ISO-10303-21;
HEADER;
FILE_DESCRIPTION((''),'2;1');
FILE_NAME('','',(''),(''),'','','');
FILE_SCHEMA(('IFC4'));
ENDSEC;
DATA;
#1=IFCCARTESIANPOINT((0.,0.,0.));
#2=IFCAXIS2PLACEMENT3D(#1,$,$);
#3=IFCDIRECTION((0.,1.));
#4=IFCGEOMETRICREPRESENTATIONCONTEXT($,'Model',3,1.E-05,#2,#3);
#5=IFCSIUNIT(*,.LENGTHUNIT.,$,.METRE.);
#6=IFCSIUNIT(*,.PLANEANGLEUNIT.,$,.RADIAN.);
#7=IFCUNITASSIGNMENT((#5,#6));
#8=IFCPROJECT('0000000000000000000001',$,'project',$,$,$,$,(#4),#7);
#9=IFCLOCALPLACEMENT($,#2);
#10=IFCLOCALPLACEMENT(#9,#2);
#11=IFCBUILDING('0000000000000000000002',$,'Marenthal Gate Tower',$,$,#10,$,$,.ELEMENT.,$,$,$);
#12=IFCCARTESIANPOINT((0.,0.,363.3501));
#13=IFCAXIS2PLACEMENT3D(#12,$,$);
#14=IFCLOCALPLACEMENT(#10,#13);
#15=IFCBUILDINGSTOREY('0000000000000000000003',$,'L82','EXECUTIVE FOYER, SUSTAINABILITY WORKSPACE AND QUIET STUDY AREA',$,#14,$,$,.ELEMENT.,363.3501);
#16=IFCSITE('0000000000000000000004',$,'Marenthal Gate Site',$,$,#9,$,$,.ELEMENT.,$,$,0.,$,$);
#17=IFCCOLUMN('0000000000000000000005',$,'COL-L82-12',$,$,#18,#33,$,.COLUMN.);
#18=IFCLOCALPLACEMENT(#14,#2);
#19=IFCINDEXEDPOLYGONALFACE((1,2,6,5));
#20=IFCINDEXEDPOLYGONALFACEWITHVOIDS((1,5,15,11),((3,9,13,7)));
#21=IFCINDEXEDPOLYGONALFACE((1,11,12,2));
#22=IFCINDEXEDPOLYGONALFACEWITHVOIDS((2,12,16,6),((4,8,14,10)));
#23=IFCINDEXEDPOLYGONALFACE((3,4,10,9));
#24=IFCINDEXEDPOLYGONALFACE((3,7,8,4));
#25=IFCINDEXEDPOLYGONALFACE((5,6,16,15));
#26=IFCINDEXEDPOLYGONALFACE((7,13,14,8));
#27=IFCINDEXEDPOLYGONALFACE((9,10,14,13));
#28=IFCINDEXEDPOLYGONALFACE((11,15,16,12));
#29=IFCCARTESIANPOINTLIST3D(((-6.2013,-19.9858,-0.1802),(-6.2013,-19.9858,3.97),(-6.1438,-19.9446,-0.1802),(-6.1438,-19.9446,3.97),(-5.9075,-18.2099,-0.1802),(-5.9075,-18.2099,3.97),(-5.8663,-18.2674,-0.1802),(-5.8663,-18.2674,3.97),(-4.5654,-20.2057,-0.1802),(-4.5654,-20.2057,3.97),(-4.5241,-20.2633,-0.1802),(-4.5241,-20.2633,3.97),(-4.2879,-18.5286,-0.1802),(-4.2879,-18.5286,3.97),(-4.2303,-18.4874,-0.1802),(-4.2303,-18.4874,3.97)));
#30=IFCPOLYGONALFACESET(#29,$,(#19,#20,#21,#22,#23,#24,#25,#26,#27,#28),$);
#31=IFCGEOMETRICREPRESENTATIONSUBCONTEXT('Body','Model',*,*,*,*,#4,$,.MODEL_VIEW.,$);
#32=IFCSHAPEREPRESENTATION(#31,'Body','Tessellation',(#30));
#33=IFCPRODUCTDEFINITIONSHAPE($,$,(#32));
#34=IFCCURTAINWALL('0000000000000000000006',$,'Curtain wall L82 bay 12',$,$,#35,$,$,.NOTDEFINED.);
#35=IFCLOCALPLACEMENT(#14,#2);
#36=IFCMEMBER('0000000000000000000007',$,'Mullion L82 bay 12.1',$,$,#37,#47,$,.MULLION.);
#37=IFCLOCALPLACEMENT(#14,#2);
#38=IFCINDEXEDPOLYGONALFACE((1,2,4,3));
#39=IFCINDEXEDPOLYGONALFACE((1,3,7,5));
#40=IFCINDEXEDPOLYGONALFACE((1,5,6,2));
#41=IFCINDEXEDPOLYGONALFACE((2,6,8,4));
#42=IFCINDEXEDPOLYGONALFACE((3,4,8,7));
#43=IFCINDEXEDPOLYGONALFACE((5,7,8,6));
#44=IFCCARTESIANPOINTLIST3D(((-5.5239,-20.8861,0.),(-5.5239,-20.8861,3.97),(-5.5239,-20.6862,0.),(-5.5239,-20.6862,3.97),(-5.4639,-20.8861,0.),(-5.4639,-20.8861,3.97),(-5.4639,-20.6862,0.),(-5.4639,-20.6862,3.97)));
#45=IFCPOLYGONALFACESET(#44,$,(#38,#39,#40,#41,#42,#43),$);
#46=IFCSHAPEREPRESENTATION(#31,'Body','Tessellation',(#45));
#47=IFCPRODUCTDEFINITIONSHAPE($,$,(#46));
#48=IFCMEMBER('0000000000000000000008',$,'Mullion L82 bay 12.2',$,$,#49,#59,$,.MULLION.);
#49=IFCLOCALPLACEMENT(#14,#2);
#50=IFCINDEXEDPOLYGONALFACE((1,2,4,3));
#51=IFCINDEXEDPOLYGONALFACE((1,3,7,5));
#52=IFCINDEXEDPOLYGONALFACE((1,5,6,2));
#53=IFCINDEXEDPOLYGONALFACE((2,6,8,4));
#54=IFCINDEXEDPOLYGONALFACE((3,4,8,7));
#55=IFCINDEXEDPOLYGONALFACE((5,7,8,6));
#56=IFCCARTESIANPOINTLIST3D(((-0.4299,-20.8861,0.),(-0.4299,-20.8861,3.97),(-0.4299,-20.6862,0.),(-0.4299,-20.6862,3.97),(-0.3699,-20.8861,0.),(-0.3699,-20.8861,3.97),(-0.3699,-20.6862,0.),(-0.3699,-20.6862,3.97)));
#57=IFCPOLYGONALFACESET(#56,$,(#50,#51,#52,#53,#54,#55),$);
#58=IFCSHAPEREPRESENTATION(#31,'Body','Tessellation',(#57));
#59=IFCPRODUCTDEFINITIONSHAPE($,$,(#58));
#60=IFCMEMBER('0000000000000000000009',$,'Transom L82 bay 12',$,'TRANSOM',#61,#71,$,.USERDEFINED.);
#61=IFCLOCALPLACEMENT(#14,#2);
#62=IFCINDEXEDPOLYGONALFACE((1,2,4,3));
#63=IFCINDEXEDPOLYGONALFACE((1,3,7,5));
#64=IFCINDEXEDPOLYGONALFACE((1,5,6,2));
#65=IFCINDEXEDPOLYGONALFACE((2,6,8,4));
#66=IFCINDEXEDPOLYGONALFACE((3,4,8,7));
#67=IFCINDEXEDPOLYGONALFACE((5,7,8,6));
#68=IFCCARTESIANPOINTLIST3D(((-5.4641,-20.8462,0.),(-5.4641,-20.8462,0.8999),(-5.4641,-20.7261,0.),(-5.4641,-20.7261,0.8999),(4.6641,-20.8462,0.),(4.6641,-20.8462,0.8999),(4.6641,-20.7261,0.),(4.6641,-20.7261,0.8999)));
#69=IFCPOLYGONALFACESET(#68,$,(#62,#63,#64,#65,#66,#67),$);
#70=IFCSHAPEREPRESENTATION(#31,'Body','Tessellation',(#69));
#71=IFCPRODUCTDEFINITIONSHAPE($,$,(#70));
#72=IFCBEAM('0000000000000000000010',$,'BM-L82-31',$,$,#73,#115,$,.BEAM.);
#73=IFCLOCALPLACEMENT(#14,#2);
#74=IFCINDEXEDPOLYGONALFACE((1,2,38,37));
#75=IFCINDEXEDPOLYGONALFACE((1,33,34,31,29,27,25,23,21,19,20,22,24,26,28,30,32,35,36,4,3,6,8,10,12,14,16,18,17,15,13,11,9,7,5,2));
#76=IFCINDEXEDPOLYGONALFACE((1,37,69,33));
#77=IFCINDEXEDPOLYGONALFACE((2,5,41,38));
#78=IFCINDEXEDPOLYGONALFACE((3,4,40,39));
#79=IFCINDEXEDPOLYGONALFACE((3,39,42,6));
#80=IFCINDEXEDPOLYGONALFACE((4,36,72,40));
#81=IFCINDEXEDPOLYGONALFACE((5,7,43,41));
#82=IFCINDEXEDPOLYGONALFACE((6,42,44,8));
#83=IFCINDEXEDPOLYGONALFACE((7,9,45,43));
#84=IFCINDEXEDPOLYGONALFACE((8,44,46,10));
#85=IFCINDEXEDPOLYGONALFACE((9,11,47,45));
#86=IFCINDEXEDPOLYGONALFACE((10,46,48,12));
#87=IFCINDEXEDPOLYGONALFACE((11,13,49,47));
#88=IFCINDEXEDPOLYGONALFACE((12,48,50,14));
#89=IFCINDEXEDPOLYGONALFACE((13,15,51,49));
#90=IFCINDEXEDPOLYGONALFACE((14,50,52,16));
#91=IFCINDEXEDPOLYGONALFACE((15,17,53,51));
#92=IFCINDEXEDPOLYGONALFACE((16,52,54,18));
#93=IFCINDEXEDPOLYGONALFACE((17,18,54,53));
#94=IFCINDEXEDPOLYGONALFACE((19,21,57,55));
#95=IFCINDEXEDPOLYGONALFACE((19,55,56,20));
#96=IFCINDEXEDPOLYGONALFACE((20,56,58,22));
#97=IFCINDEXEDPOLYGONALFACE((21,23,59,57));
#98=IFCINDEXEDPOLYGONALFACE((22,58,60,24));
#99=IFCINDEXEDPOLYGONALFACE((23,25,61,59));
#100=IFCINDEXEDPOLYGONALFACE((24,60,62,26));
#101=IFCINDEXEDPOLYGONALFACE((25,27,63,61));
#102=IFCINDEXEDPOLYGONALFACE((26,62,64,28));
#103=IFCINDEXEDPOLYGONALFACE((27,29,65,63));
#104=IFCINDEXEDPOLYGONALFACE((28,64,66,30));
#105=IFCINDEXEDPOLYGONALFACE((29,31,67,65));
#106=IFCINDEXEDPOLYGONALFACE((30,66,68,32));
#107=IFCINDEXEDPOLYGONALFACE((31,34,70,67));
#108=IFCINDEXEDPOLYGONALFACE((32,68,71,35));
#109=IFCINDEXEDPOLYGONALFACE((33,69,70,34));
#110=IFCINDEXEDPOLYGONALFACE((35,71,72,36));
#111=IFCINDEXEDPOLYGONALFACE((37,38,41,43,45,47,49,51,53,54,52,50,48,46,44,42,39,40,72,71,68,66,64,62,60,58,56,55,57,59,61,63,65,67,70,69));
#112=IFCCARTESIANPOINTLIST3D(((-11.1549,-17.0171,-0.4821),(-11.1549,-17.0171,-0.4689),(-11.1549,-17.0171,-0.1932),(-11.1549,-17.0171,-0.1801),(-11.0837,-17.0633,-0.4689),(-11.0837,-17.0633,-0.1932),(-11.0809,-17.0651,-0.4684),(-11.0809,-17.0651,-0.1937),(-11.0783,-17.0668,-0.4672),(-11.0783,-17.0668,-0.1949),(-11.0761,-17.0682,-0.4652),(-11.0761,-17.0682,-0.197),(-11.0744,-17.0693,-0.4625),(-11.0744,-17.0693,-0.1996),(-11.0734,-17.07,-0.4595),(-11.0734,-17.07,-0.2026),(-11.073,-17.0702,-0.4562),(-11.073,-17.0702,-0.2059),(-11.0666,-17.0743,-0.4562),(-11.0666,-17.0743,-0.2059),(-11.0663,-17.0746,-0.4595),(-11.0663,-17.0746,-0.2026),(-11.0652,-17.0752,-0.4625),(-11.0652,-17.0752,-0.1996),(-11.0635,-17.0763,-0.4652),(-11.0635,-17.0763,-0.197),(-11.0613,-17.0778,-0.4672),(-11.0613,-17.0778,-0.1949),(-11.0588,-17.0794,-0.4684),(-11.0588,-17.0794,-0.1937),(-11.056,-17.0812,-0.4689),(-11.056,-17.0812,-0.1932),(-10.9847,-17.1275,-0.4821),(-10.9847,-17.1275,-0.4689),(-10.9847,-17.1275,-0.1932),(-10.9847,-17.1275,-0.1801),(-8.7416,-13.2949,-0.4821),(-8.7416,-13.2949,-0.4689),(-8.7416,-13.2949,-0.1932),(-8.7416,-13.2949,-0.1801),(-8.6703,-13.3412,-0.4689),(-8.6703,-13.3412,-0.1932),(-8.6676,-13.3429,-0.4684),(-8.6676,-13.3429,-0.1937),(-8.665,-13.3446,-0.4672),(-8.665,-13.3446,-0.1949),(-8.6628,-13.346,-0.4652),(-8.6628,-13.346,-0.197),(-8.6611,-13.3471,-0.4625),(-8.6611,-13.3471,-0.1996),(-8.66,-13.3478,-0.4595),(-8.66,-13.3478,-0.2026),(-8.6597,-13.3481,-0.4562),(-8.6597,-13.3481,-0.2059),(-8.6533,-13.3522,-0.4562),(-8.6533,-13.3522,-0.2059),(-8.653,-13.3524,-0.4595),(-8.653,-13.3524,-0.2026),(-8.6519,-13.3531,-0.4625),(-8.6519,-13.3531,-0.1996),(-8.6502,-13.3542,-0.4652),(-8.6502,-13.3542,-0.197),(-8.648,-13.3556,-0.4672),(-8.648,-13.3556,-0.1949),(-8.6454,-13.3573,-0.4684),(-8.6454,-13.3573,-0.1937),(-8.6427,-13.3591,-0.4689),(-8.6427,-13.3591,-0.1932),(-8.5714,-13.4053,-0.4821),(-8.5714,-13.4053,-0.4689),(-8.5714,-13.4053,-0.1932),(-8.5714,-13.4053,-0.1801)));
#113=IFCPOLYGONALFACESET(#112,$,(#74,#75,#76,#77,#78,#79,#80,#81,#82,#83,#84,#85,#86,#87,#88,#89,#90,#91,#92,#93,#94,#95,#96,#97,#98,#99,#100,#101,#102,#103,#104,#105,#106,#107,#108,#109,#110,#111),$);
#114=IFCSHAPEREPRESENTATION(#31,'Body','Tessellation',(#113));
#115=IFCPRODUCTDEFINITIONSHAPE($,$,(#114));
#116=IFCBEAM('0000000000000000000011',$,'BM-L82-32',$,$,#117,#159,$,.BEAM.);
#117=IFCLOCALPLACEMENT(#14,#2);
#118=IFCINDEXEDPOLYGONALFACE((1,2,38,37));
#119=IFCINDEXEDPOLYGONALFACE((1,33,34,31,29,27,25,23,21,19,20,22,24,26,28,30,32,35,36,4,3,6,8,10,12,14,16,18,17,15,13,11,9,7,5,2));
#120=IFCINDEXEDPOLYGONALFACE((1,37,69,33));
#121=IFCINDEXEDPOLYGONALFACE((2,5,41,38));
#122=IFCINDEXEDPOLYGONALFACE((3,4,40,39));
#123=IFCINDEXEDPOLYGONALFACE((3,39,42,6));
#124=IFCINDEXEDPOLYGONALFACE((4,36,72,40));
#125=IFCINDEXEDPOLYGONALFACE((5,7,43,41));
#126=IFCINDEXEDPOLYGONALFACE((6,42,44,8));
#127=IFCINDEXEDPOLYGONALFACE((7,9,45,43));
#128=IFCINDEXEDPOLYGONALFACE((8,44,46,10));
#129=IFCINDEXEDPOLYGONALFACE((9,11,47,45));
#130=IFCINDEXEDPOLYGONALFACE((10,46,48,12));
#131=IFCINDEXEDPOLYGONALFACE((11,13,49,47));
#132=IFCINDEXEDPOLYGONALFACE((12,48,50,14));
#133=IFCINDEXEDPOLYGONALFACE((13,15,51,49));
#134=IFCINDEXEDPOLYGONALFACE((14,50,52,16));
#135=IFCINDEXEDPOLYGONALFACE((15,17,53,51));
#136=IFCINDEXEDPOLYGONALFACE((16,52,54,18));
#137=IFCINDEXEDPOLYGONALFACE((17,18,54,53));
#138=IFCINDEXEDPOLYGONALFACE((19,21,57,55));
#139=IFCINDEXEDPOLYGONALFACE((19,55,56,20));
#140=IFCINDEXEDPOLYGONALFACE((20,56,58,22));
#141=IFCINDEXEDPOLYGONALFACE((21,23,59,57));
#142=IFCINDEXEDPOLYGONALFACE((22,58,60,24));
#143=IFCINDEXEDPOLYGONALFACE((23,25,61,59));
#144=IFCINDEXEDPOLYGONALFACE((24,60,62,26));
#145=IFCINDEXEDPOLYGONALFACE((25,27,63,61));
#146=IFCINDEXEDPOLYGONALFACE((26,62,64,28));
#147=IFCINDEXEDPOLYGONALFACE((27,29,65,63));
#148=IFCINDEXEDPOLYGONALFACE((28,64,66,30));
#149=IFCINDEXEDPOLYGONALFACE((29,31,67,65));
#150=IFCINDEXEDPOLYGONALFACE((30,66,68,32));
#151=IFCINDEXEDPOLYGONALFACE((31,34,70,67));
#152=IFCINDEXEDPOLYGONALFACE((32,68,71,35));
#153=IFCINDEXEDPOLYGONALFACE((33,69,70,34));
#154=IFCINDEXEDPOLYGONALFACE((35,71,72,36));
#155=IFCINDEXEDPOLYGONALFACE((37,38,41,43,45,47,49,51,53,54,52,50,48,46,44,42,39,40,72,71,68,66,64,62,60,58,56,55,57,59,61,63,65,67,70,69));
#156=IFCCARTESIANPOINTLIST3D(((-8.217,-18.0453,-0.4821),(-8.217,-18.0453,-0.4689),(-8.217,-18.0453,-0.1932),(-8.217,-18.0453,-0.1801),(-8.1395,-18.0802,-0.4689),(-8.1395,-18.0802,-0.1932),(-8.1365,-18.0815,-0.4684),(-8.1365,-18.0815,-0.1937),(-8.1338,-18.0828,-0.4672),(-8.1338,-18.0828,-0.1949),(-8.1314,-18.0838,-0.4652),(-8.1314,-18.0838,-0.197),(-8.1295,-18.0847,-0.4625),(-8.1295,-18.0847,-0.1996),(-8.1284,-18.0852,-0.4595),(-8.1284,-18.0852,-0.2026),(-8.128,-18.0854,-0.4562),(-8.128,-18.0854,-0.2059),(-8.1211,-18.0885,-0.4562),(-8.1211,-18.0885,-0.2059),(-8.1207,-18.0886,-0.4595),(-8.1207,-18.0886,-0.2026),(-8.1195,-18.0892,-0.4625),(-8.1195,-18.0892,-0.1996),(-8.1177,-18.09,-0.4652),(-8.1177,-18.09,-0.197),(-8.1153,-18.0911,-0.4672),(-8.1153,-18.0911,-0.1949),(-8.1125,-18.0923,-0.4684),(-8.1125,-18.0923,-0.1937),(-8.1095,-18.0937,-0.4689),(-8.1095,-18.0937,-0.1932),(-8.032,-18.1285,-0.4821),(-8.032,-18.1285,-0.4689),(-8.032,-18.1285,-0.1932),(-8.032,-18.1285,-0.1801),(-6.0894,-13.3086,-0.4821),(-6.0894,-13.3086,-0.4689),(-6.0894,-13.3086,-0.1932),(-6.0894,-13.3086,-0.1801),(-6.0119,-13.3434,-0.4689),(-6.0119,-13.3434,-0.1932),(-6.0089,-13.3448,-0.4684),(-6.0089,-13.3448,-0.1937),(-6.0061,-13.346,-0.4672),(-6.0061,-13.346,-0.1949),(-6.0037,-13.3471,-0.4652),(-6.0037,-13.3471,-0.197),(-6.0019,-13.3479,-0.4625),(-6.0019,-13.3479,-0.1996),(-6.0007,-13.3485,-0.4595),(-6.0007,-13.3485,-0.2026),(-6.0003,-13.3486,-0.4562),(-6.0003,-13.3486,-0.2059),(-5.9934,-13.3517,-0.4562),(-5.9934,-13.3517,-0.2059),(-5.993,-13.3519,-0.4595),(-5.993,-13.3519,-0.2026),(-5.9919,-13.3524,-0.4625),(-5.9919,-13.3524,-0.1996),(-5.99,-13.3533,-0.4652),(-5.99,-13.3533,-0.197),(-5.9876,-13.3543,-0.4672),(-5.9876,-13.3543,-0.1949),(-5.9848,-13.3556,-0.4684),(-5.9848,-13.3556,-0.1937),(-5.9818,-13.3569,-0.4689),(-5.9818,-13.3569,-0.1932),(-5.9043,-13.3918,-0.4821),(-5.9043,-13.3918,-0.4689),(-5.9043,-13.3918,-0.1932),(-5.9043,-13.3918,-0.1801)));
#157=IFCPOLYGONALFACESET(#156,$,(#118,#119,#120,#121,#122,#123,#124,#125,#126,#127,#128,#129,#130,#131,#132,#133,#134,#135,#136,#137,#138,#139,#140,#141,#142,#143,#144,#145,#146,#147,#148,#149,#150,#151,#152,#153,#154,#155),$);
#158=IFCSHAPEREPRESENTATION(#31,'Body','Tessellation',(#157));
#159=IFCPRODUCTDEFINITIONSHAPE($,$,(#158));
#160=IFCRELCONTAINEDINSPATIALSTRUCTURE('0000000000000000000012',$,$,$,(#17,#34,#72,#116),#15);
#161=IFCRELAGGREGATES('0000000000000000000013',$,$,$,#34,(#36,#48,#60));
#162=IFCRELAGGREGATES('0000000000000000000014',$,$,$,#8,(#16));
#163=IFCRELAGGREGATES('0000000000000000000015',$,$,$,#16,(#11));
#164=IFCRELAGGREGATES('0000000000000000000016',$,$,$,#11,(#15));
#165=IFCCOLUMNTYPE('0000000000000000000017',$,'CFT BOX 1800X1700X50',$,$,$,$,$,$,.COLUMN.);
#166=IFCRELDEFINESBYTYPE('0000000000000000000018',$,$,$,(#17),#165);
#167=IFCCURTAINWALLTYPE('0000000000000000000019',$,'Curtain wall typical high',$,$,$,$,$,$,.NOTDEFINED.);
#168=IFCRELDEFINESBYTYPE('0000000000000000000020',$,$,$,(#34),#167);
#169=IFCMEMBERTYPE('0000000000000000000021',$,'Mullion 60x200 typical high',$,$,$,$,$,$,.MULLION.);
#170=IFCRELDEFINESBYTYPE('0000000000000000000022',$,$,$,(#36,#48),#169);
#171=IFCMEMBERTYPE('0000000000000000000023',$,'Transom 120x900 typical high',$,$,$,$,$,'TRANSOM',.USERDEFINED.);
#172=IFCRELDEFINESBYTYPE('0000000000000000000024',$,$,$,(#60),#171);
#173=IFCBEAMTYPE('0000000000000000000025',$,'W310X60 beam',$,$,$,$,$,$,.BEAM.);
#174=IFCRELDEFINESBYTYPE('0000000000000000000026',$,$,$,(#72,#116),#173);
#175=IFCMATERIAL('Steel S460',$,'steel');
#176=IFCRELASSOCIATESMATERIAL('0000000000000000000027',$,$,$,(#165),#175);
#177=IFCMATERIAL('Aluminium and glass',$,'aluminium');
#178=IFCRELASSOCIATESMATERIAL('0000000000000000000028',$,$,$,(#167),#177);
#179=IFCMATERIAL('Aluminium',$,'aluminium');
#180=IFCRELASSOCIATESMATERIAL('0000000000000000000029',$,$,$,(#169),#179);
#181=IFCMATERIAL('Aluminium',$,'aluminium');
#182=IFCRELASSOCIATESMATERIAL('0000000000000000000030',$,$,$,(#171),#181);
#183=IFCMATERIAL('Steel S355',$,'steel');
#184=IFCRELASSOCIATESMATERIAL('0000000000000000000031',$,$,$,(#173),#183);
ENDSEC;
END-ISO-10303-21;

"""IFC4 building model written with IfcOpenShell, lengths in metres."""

from ifc_helpers import new_model, si_unit, direction, frame, origin, origin_2d, place, context, subcontext, project, spatial, rectangle, hollow_rectangle, i_section, extrude, material, material_profile, profile_set, type_object, element, aggregate, save


model = new_model("IFC4")

# Units and contexts
model_context = context("Model", 3, precision=1e-05, world=origin(), true_north=direction((0.0, 1.0)))
body_context = subcontext(model_context, "Body", "Model", "MODEL_VIEW")
ifc_project = project(units=[si_unit("LENGTHUNIT", "METRE"), si_unit("PLANEANGLEUNIT", "RADIAN")], contexts=[model_context])

# Site, building, storey
site_placement = place(None, origin())
site = spatial("IfcSite", under=ifc_project, at=site_placement, Name="Marenthal Gate Site", CompositionType="ELEMENT", RefElevation=0.0)
building_placement = place(site_placement, origin())
building = spatial("IfcBuilding", under=site, at=building_placement, Name="Marenthal Gate Tower", CompositionType="ELEMENT")
storey_placement = place(building_placement, frame((0.0, 0.0, 363.3501)))
storey = spatial("IfcBuildingStorey", under=building, at=storey_placement, Name="L82", Description="EXECUTIVE FOYER, SUSTAINABILITY WORKSPACE AND QUIET STUDY AREA", CompositionType="ELEMENT", Elevation=363.3501)

# Column
ifc_material_1 = material(Name="Steel S460", Category="steel")
ifc_material_profile_1 = material_profile(ifc_material_1, hollow_rectangle(XDim=1.7, YDim=1.8, WallThickness=0.05, at=origin_2d()), Name="CFT BOX 1800X1700X50")
ifc_material_2 = material(Name="Concrete 70 MPa", Category="concrete")
ifc_material_profile_2 = material_profile(ifc_material_2, rectangle(XDim=1.6001, YDim=1.7, at=origin_2d()), Name="CFT BOX 1800X1700X50 INFILL")
ifc_profile_set_1 = profile_set([ifc_material_profile_1, ifc_material_profile_2], Name="Steel S460 shell, Concrete 70 MPa infill")
column_type = type_object("IfcColumnType", Name="CFT BOX 1800X1700X50", PredefinedType="COLUMN", material=ifc_profile_set_1)
column_placement = place(storey_placement, frame((-5.2158, -19.2366, -0.1802), z_axis=(0.0, 0.0, 1.0), x_axis=(-0.98659, 0.163221, 0.0)))
element("IfcColumn", 1, at=column_placement, inside=storey, type_object=column_type, Name="COL-L82-12", PredefinedType="COLUMN", context=body_context, shape_type="SweptSolid", body=[
    extrude(hollow_rectangle(XDim=1.7, YDim=1.8, WallThickness=0.05, at=origin_2d()), origin(), (0.0, 0.0, 1.0), 4.1501),
])

# Curtain wall, members
ifc_material_3 = material(Name="Aluminium and glass", Category="aluminium")
curtain_wall_type = type_object("IfcCurtainWallType", Name="Curtain wall typical high", PredefinedType="NOTDEFINED", material=ifc_material_3)
curtain_wall_placement = place(storey_placement, origin())
curtain_wall = element("IfcCurtainWall", 2, at=curtain_wall_placement, inside=storey, type_object=curtain_wall_type, Name="Curtain wall L82 bay 12", PredefinedType="NOTDEFINED")
ifc_material_4 = material(Name="Aluminium", Category="aluminium")
ifc_material_profile_3 = material_profile(ifc_material_4, rectangle(XDim=0.2, YDim=0.0601, at=origin_2d()), Name="60x200 aluminium mullion")
ifc_profile_set_2 = profile_set([ifc_material_profile_3], Name="Aluminium")
member_type_1 = type_object("IfcMemberType", Name="Mullion 60x200 typical high", PredefinedType="MULLION", material=ifc_profile_set_2)
member_1_placement = place(storey_placement, frame((-5.4939, -20.7861, 0.0), z_axis=(0.0, 0.0, 1.0), x_axis=(0.0, 1.0, 0.0)))
member_1 = element("IfcMember", 3, at=member_1_placement, type_object=member_type_1, Name="Mullion L82 bay 12.1", PredefinedType="MULLION", context=body_context, shape_type="SweptSolid", body=[
    extrude(rectangle(XDim=0.2, YDim=0.0601, at=origin_2d()), origin(), (0.0, 0.0, 1.0), 3.97),
])
member_2_placement = place(storey_placement, frame((-0.3999, -20.7861, 0.0), z_axis=(0.0, 0.0, 1.0), x_axis=(0.0, 1.0, 0.0)))
member_2 = element("IfcMember", 4, at=member_2_placement, type_object=member_type_1, Name="Mullion L82 bay 12.2", PredefinedType="MULLION", context=body_context, shape_type="SweptSolid", body=[
    extrude(rectangle(XDim=0.2, YDim=0.0601, at=origin_2d()), origin(), (0.0, 0.0, 1.0), 3.97),
])
ifc_material_5 = material(Name="Aluminium", Category="aluminium")
ifc_material_profile_4 = material_profile(ifc_material_5, rectangle(XDim=0.1201, YDim=0.8999, at=origin_2d()), Name="120x900 aluminium transom")
ifc_profile_set_3 = profile_set([ifc_material_profile_4], Name="Aluminium")
member_type_2 = type_object("IfcMemberType", Name="Transom 120x900 typical high", ElementType="TRANSOM", PredefinedType="USERDEFINED", material=ifc_profile_set_3)
member_3_placement = place(storey_placement, frame((-5.4641, -20.7861, 0.45), z_axis=(1.0, 0.0, 0.0), x_axis=(0.0, 1.0, 0.0)))
member_3 = element("IfcMember", 5, at=member_3_placement, type_object=member_type_2, Name="Transom L82 bay 12", ObjectType="TRANSOM", PredefinedType="USERDEFINED", context=body_context, shape_type="SweptSolid", body=[
    extrude(rectangle(XDim=0.1201, YDim=0.8999, at=origin_2d()), origin(), (0.0, 0.0, 1.0), 10.1282),
])

# Beams
ifc_material_6 = material(Name="Steel S355", Category="steel")
ifc_material_profile_5 = material_profile(ifc_material_6, i_section(OverallWidth=0.2029, OverallDepth=0.302, WebThickness=0.0076, FlangeThickness=0.0132, FilletRadius=0.0127, at=origin_2d()), Name="W310X60")
ifc_profile_set_4 = profile_set([ifc_material_profile_5], Name="Steel S355")
beam_type_1 = type_object("IfcBeamType", Name="W310X60 beam", PredefinedType="BEAM", material=ifc_profile_set_4)
beam_1_placement = place(storey_placement, frame((-11.0698, -17.0723, -0.3311), z_axis=(0.544025, 0.839069, 0.0), x_axis=(-0.839069, 0.544025, 0.0)))
element("IfcBeam", 6, at=beam_1_placement, inside=storey, type_object=beam_type_1, Name="BM-L82-31", PredefinedType="BEAM", context=body_context, shape_type="SweptSolid", body=[
    extrude(i_section(OverallWidth=0.2029, OverallDepth=0.302, WebThickness=0.0076, FlangeThickness=0.0132, FilletRadius=0.0127, at=origin_2d()), origin(), (0.0, 0.0, 1.0), 4.436),
])
beam_2_placement = place(storey_placement, frame((-8.1245, -18.0869, -0.3311), z_axis=(0.409743, 0.912201, 0.0), x_axis=(-0.912201, 0.409743, 0.0)))
element("IfcBeam", 7, at=beam_2_placement, inside=storey, type_object=beam_type_1, Name="BM-L82-32", PredefinedType="BEAM", context=body_context, shape_type="SweptSolid", body=[
    extrude(i_section(OverallWidth=0.2029, OverallDepth=0.302, WebThickness=0.0076, FlangeThickness=0.0132, FilletRadius=0.0127, at=origin_2d()), origin(), (0.0, 0.0, 1.0), 5.1926),
])

aggregate(curtain_wall, [member_1, member_2, member_3])

save(model, "model.ifc")
